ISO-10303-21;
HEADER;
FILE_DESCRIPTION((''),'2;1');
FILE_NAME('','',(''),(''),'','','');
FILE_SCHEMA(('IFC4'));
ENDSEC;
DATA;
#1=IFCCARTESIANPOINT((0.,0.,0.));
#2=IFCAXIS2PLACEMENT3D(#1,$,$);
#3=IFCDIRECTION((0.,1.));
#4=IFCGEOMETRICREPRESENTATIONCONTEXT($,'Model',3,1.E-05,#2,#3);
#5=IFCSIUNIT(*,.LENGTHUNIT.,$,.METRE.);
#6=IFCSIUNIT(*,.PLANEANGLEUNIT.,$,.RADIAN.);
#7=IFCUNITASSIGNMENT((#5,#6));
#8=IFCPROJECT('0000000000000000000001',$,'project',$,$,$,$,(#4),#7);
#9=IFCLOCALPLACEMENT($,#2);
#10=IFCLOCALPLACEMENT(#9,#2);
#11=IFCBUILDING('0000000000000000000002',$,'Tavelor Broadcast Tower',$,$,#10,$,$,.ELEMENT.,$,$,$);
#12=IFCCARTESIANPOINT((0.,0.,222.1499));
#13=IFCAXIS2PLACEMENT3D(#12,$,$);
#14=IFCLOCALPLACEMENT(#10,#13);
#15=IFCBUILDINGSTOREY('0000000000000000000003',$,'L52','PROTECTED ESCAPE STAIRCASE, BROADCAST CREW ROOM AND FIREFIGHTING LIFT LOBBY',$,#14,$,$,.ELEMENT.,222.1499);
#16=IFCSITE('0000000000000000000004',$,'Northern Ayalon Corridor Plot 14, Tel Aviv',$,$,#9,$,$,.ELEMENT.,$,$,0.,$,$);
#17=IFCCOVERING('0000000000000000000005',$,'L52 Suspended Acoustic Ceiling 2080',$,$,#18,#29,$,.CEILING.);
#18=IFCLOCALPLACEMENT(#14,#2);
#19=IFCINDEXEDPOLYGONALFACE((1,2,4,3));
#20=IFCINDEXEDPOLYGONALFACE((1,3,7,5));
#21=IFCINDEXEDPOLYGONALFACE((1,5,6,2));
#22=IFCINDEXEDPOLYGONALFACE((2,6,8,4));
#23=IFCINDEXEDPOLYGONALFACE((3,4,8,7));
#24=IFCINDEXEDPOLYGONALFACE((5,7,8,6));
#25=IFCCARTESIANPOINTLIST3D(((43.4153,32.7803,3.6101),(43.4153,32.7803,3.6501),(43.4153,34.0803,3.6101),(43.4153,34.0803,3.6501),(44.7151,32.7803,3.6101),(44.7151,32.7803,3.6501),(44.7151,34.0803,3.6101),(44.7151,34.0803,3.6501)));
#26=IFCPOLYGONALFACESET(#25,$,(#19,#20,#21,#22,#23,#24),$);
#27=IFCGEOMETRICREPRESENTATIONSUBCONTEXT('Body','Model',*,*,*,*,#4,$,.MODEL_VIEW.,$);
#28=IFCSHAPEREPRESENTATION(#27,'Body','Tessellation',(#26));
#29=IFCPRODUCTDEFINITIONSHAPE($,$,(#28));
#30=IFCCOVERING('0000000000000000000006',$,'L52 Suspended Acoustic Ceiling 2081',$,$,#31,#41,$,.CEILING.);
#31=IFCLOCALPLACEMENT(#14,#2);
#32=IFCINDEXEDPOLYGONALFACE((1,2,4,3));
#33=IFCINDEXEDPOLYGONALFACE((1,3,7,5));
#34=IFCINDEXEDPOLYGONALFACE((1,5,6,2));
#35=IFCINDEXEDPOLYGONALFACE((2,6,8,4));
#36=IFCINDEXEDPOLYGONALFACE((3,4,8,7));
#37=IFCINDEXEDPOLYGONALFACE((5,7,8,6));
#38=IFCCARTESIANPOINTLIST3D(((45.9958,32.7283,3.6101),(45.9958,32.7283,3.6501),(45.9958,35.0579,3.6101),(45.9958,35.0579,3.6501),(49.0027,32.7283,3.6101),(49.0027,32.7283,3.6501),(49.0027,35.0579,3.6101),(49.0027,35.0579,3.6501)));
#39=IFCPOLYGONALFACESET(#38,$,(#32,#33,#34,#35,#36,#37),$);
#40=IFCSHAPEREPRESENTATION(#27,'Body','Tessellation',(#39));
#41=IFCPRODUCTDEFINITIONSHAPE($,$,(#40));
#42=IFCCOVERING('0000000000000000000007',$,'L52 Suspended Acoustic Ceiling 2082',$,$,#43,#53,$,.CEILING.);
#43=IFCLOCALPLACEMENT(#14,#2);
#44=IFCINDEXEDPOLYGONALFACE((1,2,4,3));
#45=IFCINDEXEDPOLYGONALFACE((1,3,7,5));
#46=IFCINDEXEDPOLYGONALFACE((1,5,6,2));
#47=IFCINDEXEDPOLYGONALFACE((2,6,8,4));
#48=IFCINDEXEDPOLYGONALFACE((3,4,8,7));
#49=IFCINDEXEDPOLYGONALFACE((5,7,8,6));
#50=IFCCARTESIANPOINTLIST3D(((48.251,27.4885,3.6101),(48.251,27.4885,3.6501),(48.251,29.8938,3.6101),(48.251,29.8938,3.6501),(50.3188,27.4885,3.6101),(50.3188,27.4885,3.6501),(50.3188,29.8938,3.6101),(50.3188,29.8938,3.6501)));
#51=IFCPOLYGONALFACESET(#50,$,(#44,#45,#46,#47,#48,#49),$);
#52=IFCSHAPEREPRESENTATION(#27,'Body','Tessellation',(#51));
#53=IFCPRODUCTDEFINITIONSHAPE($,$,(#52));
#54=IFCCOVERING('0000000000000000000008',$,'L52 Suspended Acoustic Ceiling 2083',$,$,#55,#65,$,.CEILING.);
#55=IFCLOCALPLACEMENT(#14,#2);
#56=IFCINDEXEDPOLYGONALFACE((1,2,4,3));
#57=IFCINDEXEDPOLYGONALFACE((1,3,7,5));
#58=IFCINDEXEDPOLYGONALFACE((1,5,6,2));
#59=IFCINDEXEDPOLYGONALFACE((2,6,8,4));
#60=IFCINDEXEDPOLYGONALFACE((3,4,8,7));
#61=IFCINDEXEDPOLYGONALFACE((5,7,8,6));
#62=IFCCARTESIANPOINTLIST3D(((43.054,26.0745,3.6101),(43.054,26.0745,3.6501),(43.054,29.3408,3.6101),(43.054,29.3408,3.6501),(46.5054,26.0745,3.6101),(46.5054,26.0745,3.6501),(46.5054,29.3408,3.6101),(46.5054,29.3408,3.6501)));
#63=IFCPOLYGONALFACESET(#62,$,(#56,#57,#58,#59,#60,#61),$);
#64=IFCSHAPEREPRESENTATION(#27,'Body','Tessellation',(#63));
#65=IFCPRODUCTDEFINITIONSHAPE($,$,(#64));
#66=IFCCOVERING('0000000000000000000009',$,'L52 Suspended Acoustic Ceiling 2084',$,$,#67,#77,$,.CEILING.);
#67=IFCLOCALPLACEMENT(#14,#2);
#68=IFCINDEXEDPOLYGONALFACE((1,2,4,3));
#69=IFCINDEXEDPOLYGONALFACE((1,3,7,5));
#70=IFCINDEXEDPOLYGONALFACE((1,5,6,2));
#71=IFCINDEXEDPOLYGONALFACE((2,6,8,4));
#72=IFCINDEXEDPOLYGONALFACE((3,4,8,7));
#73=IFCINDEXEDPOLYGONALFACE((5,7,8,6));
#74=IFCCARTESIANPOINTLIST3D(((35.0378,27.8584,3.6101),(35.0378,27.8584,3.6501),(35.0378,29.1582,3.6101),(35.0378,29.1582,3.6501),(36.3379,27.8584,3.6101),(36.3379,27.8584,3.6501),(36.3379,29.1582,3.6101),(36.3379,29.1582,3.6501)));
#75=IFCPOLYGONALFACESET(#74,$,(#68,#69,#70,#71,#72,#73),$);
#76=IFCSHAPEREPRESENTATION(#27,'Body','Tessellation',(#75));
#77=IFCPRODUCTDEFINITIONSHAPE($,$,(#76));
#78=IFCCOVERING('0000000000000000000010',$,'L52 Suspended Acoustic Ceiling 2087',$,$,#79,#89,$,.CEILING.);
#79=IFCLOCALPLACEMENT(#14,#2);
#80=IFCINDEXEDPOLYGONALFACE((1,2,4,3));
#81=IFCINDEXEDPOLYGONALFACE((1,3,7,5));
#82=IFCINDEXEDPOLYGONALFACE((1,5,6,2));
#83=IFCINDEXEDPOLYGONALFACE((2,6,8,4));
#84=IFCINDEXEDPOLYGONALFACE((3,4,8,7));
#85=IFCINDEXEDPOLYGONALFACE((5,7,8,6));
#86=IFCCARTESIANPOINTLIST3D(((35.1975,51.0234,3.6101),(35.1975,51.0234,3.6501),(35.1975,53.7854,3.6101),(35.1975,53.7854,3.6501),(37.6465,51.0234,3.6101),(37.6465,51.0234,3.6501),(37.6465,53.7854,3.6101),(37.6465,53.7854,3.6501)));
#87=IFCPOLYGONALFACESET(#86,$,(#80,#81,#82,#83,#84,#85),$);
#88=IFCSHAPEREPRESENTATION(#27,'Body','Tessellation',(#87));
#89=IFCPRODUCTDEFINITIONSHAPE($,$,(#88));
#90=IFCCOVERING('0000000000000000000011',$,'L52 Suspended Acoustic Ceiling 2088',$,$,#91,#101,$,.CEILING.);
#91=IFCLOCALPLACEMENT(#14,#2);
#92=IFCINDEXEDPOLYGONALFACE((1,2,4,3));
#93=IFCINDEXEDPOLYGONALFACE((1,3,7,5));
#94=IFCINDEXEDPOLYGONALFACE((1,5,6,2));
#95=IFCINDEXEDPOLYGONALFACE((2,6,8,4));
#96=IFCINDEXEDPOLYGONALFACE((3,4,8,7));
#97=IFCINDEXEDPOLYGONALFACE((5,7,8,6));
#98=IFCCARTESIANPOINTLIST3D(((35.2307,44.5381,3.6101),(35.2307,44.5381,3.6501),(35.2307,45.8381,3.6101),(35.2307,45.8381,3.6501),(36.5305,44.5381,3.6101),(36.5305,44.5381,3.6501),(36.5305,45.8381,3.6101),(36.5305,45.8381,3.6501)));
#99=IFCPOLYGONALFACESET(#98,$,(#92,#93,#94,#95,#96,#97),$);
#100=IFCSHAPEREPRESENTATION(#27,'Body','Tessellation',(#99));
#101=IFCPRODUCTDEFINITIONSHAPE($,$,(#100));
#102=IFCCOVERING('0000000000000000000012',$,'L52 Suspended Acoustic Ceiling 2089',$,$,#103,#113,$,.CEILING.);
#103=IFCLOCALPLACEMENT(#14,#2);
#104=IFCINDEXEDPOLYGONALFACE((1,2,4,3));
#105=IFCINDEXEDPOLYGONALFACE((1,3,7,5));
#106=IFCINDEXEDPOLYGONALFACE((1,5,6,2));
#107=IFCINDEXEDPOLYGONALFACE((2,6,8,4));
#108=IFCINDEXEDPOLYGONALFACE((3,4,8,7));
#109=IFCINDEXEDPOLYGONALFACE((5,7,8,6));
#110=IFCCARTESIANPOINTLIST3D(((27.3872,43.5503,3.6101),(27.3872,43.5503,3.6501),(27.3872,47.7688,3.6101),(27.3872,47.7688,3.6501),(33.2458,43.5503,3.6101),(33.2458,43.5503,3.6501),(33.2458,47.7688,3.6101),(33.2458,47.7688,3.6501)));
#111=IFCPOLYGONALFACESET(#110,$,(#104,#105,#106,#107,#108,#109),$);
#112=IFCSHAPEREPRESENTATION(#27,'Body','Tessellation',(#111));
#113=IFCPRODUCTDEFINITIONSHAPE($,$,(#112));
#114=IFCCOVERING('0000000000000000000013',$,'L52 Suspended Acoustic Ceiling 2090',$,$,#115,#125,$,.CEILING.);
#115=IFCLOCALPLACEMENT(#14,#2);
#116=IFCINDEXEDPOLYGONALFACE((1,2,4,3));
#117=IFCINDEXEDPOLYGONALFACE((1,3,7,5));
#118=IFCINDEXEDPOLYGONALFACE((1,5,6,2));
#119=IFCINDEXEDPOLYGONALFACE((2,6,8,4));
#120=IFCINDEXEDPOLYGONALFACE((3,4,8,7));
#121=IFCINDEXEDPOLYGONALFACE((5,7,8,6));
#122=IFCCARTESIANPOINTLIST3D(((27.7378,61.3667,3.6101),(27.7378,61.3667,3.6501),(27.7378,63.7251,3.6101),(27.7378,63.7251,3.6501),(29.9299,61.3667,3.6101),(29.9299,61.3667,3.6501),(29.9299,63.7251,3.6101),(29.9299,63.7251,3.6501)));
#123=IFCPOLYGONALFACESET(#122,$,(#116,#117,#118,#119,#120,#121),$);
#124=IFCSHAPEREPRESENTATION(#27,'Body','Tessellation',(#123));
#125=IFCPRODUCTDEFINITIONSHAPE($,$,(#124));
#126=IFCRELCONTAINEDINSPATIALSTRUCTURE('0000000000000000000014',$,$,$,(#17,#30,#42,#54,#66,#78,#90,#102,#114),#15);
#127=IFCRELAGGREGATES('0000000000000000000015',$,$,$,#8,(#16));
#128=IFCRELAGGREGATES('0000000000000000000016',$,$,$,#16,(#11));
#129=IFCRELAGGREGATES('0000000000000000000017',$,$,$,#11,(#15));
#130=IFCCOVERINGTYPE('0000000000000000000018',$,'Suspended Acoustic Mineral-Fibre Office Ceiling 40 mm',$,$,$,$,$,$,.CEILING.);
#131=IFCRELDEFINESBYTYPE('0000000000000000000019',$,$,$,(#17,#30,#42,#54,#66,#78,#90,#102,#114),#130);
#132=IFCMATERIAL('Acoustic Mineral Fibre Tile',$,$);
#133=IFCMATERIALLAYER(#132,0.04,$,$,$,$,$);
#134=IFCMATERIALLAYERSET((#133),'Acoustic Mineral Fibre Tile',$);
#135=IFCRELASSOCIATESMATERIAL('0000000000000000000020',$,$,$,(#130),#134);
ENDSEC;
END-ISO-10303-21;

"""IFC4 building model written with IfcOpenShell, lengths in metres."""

from ifc_helpers import new_model, si_unit, direction, frame, origin, place, context, subcontext, project, spatial, polyline, outline, extrude, material, layer, layer_set, type_object, element, save


model = new_model("IFC4")

# Units and contexts
model_context = context("Model", 3, precision=1e-05, world=origin(), true_north=direction((0.0, 1.0)))
body_context = subcontext(model_context, "Body", "Model", "MODEL_VIEW")
ifc_project = project(units=[si_unit("LENGTHUNIT", "METRE"), si_unit("PLANEANGLEUNIT", "RADIAN")], contexts=[model_context])

# Site, building, storey
site_placement = place(None, origin())
site = spatial("IfcSite", under=ifc_project, at=site_placement, Name="Northern Ayalon Corridor Plot 14, Tel Aviv", CompositionType="ELEMENT", RefElevation=0.0)
building_placement = place(site_placement, origin())
building = spatial("IfcBuilding", under=site, at=building_placement, Name="Tavelor Broadcast Tower", CompositionType="ELEMENT")
storey_placement = place(building_placement, frame((0.0, 0.0, 222.1499)))
storey = spatial("IfcBuildingStorey", under=building, at=storey_placement, Name="L52", Description="PROTECTED ESCAPE STAIRCASE, BROADCAST CREW ROOM AND FIREFIGHTING LIFT LOBBY", CompositionType="ELEMENT", Elevation=222.1499)

# Coverings
ifc_material_1 = material(Name="Acoustic Mineral Fibre Tile")
ifc_layer_1 = layer(ifc_material_1, 0.04)
ifc_layer_set_1 = layer_set([ifc_layer_1], Name="Acoustic Mineral Fibre Tile")
covering_type_1 = type_object("IfcCoveringType", Name="Suspended Acoustic Mineral-Fibre Office Ceiling 40 mm", PredefinedType="CEILING", material=ifc_layer_set_1)
covering_1_placement = place(storey_placement, frame((0.0, 0.0, 3.6101)))
element("IfcCovering", 1, at=covering_1_placement, inside=storey, type_object=covering_type_1, Name="L52 Suspended Acoustic Ceiling 2080", PredefinedType="CEILING", context=body_context, shape_type="SweptSolid", body=[
    extrude(outline(polyline([(43.4153, 32.7803), (44.7151, 32.7803), (44.7151, 34.0803), (43.4153, 34.0803), (43.4153, 32.7803)])), origin(), (0.0, 0.0, 1.0), 0.04),
])
covering_2_placement = place(storey_placement, frame((0.0, 0.0, 3.6101)))
element("IfcCovering", 2, at=covering_2_placement, inside=storey, type_object=covering_type_1, Name="L52 Suspended Acoustic Ceiling 2081", PredefinedType="CEILING", context=body_context, shape_type="SweptSolid", body=[
    extrude(outline(polyline([(45.9958, 32.7283), (49.0027, 32.7283), (49.0027, 35.0579), (45.9958, 35.0579), (45.9958, 32.7283)])), origin(), (0.0, 0.0, 1.0), 0.04),
])
covering_3_placement = place(storey_placement, frame((0.0, 0.0, 3.6101)))
element("IfcCovering", 3, at=covering_3_placement, inside=storey, type_object=covering_type_1, Name="L52 Suspended Acoustic Ceiling 2082", PredefinedType="CEILING", context=body_context, shape_type="SweptSolid", body=[
    extrude(outline(polyline([(48.251, 27.4885), (50.3188, 27.4885), (50.3188, 29.8938), (48.251, 29.8938), (48.251, 27.4885)])), origin(), (0.0, 0.0, 1.0), 0.04),
])
covering_4_placement = place(storey_placement, frame((0.0, 0.0, 3.6101)))
element("IfcCovering", 4, at=covering_4_placement, inside=storey, type_object=covering_type_1, Name="L52 Suspended Acoustic Ceiling 2083", PredefinedType="CEILING", context=body_context, shape_type="SweptSolid", body=[
    extrude(outline(polyline([(43.054, 26.0745), (46.5054, 26.0745), (46.5054, 29.3408), (43.054, 29.3408), (43.054, 26.0745)])), origin(), (0.0, 0.0, 1.0), 0.04),
])
covering_5_placement = place(storey_placement, frame((0.0, 0.0, 3.6101)))
element("IfcCovering", 5, at=covering_5_placement, inside=storey, type_object=covering_type_1, Name="L52 Suspended Acoustic Ceiling 2084", PredefinedType="CEILING", context=body_context, shape_type="SweptSolid", body=[
    extrude(outline(polyline([(35.0378, 27.8584), (36.3379, 27.8584), (36.3379, 29.1582), (35.0378, 29.1582), (35.0378, 27.8584)])), origin(), (0.0, 0.0, 1.0), 0.04),
])
covering_6_placement = place(storey_placement, frame((0.0, 0.0, 3.6101)))
element("IfcCovering", 6, at=covering_6_placement, inside=storey, type_object=covering_type_1, Name="L52 Suspended Acoustic Ceiling 2087", PredefinedType="CEILING", context=body_context, shape_type="SweptSolid", body=[
    extrude(outline(polyline([(35.1975, 51.0234), (37.6465, 51.0234), (37.6465, 53.7854), (35.1975, 53.7854), (35.1975, 51.0234)])), origin(), (0.0, 0.0, 1.0), 0.04),
])
covering_7_placement = place(storey_placement, frame((0.0, 0.0, 3.6101)))
element("IfcCovering", 7, at=covering_7_placement, inside=storey, type_object=covering_type_1, Name="L52 Suspended Acoustic Ceiling 2088", PredefinedType="CEILING", context=body_context, shape_type="SweptSolid", body=[
    extrude(outline(polyline([(35.2307, 44.5381), (36.5305, 44.5381), (36.5305, 45.8381), (35.2307, 45.8381), (35.2307, 44.5381)])), origin(), (0.0, 0.0, 1.0), 0.04),
])
covering_8_placement = place(storey_placement, frame((0.0, 0.0, 3.6101)))
element("IfcCovering", 8, at=covering_8_placement, inside=storey, type_object=covering_type_1, Name="L52 Suspended Acoustic Ceiling 2089", PredefinedType="CEILING", context=body_context, shape_type="SweptSolid", body=[
    extrude(outline(polyline([(27.3872, 43.5503), (33.2458, 43.5503), (33.2458, 47.7688), (27.3872, 47.7688), (27.3872, 43.5503)])), origin(), (0.0, 0.0, 1.0), 0.04),
])
covering_9_placement = place(storey_placement, frame((0.0, 0.0, 3.6101)))
element("IfcCovering", 9, at=covering_9_placement, inside=storey, type_object=covering_type_1, Name="L52 Suspended Acoustic Ceiling 2090", PredefinedType="CEILING", context=body_context, shape_type="SweptSolid", body=[
    extrude(outline(polyline([(27.7378, 61.3667), (29.9299, 61.3667), (29.9299, 63.7251), (27.7378, 63.7251), (27.7378, 61.3667)])), origin(), (0.0, 0.0, 1.0), 0.04),
])

save(model, "model.ifc")
